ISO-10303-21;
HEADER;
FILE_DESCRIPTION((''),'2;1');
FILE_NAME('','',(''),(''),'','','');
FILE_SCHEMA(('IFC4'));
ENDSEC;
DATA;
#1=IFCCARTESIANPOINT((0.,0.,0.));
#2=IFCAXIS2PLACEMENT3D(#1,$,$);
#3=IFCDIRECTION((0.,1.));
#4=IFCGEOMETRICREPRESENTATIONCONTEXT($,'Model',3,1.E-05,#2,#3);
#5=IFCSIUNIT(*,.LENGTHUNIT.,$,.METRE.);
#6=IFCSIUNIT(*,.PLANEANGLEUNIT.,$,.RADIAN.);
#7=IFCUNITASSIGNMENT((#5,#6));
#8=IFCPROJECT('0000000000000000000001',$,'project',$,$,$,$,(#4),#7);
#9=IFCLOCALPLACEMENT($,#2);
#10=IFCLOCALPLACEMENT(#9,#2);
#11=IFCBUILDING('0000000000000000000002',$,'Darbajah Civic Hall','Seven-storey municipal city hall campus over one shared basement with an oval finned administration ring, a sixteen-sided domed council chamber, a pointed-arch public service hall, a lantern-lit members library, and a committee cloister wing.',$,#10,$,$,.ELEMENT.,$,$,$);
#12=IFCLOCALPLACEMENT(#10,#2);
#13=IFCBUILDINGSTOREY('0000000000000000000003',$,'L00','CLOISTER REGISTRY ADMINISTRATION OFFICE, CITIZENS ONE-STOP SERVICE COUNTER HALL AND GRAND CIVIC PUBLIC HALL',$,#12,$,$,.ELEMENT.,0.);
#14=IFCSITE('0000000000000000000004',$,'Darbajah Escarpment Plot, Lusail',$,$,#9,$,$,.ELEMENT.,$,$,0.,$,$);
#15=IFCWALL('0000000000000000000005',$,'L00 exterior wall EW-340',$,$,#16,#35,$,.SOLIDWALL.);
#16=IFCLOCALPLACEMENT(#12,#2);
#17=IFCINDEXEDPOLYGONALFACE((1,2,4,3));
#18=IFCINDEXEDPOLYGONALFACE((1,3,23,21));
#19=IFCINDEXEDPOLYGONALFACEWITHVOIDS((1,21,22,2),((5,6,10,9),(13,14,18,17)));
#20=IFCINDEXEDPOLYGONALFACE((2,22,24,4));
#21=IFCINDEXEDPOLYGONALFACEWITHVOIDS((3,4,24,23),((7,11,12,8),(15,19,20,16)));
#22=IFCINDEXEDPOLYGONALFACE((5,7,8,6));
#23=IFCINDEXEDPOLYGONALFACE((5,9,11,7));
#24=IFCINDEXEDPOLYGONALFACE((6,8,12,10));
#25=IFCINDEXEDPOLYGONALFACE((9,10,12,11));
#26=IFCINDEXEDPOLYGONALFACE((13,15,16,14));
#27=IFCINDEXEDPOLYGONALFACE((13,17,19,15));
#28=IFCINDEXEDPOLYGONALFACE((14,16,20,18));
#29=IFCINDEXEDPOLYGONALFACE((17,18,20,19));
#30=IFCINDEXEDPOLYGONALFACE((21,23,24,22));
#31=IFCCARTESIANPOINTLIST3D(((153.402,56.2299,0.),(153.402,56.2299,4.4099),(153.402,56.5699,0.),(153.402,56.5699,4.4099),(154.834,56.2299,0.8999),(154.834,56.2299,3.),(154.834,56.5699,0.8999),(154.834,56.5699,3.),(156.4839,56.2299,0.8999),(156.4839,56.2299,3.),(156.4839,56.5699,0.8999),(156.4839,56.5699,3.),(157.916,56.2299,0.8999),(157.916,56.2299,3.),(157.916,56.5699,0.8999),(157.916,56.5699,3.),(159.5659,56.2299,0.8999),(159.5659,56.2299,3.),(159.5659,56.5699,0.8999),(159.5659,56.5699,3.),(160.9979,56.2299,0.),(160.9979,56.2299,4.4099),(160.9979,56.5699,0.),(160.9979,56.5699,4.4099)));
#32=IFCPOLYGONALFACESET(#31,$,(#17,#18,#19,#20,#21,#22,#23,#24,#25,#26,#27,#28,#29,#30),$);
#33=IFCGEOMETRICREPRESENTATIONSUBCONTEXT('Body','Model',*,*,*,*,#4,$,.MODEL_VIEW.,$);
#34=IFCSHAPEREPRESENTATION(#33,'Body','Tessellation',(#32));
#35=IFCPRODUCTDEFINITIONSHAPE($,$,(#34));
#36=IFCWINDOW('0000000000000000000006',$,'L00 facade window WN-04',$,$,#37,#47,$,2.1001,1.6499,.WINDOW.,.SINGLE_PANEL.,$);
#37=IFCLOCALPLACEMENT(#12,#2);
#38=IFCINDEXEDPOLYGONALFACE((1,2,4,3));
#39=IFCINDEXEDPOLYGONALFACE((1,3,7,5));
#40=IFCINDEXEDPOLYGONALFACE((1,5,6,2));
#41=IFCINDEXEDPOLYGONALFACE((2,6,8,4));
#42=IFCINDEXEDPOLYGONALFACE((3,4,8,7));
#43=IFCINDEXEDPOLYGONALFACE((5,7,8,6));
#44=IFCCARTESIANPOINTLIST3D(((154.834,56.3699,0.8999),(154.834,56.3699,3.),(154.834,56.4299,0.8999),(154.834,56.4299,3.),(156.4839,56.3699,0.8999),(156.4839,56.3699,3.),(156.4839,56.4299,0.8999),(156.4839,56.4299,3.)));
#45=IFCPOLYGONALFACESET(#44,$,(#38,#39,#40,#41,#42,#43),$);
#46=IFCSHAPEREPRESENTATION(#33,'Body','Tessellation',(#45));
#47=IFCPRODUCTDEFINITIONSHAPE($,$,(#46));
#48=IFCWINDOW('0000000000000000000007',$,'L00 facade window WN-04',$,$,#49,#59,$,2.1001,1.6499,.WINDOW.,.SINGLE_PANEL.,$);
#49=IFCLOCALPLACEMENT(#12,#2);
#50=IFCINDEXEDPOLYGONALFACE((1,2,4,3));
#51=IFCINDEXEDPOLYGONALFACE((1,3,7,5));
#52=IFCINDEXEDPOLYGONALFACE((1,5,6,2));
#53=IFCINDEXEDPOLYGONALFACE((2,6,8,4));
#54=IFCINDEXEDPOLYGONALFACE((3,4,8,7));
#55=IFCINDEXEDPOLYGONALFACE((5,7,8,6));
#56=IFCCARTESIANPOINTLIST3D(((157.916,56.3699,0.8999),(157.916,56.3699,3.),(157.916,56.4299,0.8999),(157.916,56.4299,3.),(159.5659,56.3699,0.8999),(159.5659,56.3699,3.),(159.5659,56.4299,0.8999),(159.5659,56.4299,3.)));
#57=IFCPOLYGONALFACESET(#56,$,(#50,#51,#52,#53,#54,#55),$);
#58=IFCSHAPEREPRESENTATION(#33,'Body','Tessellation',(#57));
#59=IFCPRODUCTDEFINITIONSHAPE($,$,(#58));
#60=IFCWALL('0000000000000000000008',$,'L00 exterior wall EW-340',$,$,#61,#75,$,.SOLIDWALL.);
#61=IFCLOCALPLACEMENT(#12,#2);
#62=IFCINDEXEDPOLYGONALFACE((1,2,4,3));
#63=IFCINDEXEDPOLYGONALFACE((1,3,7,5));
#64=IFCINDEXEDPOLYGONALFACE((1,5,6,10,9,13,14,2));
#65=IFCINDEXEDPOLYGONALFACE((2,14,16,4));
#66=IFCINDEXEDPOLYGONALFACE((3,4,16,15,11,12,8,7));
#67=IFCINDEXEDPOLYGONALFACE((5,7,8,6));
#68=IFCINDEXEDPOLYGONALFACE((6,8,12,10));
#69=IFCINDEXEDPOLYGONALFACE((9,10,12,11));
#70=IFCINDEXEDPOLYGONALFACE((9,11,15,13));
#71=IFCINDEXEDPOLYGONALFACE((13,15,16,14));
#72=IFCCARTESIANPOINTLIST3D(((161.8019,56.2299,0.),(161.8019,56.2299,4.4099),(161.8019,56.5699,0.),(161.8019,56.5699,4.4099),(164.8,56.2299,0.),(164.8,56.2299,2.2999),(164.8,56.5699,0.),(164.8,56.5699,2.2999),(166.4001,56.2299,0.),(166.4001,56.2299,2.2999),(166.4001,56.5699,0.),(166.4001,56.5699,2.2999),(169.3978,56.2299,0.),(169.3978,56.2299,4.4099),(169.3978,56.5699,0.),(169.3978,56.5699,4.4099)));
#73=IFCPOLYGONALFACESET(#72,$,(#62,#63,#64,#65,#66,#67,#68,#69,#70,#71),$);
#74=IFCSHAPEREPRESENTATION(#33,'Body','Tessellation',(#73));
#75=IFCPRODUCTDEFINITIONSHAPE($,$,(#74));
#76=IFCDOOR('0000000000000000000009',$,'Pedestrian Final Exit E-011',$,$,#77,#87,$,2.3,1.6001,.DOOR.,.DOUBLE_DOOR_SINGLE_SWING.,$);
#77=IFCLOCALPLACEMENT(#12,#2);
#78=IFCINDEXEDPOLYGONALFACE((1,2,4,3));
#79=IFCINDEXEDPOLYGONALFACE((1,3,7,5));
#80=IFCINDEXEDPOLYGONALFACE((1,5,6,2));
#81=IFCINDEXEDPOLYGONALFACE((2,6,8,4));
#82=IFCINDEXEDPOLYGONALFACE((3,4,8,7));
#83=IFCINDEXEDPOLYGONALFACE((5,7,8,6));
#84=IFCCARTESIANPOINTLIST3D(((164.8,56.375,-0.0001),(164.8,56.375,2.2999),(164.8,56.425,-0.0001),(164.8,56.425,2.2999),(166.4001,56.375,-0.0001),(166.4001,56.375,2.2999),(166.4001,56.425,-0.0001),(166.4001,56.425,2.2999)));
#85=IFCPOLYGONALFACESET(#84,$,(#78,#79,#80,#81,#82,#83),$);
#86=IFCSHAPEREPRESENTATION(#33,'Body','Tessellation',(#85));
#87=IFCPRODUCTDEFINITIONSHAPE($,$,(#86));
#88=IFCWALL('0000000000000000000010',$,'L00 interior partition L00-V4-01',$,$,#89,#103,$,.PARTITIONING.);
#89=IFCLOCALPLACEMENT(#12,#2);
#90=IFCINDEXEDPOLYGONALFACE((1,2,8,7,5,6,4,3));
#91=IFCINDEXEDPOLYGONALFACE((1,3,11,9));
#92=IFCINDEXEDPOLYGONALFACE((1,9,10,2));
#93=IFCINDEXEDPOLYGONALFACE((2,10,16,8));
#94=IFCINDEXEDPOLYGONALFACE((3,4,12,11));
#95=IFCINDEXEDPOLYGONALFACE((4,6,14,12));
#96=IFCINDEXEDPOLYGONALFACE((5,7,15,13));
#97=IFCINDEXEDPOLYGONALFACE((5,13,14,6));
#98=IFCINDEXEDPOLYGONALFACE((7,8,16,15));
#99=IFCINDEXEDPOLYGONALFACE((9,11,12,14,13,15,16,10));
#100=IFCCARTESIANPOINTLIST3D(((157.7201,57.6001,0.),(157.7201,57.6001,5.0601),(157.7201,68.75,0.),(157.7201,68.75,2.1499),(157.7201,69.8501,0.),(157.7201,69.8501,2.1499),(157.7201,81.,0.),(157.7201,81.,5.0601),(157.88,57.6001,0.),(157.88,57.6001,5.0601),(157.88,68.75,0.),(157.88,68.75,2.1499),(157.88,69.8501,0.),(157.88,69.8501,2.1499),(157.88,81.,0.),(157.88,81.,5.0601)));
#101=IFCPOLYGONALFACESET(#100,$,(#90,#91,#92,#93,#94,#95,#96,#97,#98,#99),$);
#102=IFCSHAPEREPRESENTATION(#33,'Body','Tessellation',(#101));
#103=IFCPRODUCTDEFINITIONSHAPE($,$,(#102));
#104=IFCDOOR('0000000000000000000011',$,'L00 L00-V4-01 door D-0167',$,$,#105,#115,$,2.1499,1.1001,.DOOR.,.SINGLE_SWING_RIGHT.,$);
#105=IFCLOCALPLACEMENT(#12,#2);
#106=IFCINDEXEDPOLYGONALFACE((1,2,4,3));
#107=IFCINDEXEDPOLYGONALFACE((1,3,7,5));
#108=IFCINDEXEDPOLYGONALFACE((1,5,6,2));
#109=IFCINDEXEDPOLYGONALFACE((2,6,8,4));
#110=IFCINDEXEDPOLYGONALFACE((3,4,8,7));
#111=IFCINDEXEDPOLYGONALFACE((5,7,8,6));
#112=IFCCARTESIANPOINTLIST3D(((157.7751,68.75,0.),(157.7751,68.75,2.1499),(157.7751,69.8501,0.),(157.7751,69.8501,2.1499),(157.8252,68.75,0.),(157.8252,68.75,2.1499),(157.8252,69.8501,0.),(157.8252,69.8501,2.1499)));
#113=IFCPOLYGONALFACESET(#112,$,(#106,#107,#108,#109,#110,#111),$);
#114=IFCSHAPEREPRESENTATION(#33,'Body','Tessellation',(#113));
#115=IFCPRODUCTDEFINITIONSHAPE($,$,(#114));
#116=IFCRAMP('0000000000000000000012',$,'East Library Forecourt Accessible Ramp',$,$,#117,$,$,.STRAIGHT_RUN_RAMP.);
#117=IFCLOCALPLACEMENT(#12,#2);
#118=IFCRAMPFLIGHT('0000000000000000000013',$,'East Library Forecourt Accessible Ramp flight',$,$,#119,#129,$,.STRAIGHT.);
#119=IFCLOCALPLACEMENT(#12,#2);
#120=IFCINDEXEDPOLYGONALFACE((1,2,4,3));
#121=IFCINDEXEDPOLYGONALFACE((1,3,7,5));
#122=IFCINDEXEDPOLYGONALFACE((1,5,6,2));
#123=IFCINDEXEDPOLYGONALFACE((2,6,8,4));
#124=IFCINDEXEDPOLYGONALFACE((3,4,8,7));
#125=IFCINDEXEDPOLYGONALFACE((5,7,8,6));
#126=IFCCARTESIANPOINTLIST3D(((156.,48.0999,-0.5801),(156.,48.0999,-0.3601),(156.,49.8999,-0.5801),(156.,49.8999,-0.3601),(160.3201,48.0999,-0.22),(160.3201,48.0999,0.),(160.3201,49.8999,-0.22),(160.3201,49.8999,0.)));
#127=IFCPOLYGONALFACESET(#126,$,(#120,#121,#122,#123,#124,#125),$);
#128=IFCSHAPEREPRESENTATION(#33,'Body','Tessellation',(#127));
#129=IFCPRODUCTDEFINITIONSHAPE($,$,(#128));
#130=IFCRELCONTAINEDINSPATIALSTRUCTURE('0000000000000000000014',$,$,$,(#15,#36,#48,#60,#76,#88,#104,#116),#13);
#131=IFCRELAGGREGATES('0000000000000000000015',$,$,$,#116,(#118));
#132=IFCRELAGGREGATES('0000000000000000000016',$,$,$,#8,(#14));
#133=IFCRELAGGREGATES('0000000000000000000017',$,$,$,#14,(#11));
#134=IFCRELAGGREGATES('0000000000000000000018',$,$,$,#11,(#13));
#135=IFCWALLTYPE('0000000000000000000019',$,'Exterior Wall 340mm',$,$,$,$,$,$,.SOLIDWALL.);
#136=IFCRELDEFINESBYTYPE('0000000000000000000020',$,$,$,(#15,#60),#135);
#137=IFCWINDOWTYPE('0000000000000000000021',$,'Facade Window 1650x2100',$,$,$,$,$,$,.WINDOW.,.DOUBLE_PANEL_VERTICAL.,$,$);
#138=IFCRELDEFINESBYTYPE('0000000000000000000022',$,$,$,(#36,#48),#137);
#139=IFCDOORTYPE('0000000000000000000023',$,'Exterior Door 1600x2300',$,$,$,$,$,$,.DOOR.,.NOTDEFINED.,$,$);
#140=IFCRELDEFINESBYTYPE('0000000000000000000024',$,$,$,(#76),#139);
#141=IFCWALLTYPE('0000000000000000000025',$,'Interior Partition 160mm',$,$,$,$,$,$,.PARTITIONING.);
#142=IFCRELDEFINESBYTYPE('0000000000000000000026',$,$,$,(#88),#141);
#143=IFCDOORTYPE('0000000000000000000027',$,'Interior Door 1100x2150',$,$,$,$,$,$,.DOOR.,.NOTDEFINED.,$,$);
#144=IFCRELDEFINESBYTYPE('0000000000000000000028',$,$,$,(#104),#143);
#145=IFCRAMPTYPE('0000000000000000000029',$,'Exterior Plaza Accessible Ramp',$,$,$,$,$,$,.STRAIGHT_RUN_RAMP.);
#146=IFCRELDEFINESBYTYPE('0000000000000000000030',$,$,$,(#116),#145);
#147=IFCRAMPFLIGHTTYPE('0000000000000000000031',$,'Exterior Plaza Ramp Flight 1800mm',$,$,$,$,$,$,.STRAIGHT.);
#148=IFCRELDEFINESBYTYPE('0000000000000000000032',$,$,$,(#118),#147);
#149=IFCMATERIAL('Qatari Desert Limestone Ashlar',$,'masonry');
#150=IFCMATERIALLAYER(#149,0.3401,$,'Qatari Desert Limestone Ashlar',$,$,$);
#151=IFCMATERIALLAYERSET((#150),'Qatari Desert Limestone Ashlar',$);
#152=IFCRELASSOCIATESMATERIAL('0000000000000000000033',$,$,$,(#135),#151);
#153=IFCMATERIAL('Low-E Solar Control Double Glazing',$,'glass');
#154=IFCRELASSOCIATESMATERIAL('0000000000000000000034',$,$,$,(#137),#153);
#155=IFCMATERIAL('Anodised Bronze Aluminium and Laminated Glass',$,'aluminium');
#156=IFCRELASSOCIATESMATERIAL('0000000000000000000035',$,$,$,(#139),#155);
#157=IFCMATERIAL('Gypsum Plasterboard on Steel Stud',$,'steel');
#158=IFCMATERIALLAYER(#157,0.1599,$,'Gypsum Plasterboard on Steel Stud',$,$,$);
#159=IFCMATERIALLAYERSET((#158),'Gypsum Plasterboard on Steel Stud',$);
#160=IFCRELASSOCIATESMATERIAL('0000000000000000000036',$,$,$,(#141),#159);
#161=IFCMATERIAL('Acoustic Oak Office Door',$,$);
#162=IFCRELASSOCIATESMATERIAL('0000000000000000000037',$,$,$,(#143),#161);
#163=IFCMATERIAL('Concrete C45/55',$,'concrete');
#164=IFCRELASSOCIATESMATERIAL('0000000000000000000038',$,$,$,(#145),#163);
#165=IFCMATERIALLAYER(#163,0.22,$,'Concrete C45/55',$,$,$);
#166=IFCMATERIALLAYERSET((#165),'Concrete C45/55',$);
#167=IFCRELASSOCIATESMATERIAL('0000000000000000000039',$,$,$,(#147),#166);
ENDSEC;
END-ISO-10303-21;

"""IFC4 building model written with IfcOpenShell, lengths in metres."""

from ifc_helpers import new_model, si_unit, direction, frame, frame_2d, origin, place, context, subcontext, project, spatial, polyline, rectangle, outline, extrude, material, layer, layer_set, type_object, element, fill, aggregate, save


model = new_model("IFC4")

# Units and contexts
model_context = context("Model", 3, precision=1e-05, world=origin(), true_north=direction((0.0, 1.0)))
body_context = subcontext(model_context, "Body", "Model", "MODEL_VIEW")
ifc_project = project(units=[si_unit("LENGTHUNIT", "METRE"), si_unit("PLANEANGLEUNIT", "RADIAN")], contexts=[model_context])

# Site, building, storey
site_placement = place(None, origin())
site = spatial("IfcSite", under=ifc_project, at=site_placement, Name="Darbajah Escarpment Plot, Lusail", CompositionType="ELEMENT", RefElevation=0.0)
building_placement = place(site_placement, origin())
building = spatial("IfcBuilding", under=site, at=building_placement, Name="Darbajah Civic Hall", Description="Seven-storey municipal city hall campus over one shared basement with an oval finned administration ring, a sixteen-sided domed council chamber, a pointed-arch public service hall, a lantern-lit members library, and a committee cloister wing.", CompositionType="ELEMENT")
storey_placement = place(building_placement, origin())
storey = spatial("IfcBuildingStorey", under=building, at=storey_placement, Name="L00", Description="CLOISTER REGISTRY ADMINISTRATION OFFICE, CITIZENS ONE-STOP SERVICE COUNTER HALL AND GRAND CIVIC PUBLIC HALL", CompositionType="ELEMENT", Elevation=0.0)

# Shared definitions
ifc_material_1 = material(Name="Concrete C45/55", Category="concrete")

# Wall, openings, windows
ifc_material_2 = material(Name="Qatari Desert Limestone Ashlar", Category="masonry")
ifc_layer_1 = layer(ifc_material_2, 0.3401, Name="Qatari Desert Limestone Ashlar")
ifc_layer_set_1 = layer_set([ifc_layer_1], Name="Qatari Desert Limestone Ashlar")
wall_type_1 = type_object("IfcWallType", Name="Exterior Wall 340mm", PredefinedType="SOLIDWALL", material=ifc_layer_set_1)
wall_1_placement = place(storey_placement, frame((153.4021, 56.3999, 0.0), z_axis=(0.0, 0.0, 1.0), x_axis=(1.0, 0.0, 0.0)))
wall_1 = element("IfcWall", 1, at=wall_1_placement, inside=storey, type_object=wall_type_1, Name="L00 exterior wall EW-340", PredefinedType="SOLIDWALL", context=body_context, shape_type="SweptSolid", body=[
    extrude(rectangle(XDim=7.5959, YDim=0.3401, at=frame_2d((3.7979, 0.0))), origin(), (0.0, 0.0, 1.0), 4.4099),
])
opening_1_placement = place(wall_1_placement, frame((1.4319, 0.0, 0.8999)))
opening_1 = element("IfcOpeningElement", 2, at=opening_1_placement, cuts=wall_1, PredefinedType="OPENING", context=body_context, shape_type="SweptSolid", body=[
    extrude(rectangle(XDim=1.6499, YDim=2.1001, at=frame_2d((0.825, 1.05))), frame((0.0, 0.1799, 0.0), z_axis=(0.0, -1.0, 0.0), x_axis=(1.0, 0.0, 0.0)), (0.0, 0.0, 1.0), 0.3601),
])
opening_2_placement = place(wall_1_placement, frame((4.5139, 0.0, 0.8999)))
opening_2 = element("IfcOpeningElement", 3, at=opening_2_placement, cuts=wall_1, PredefinedType="OPENING", context=body_context, shape_type="SweptSolid", body=[
    extrude(rectangle(XDim=1.6499, YDim=2.1001, at=frame_2d((0.825, 1.05))), frame((0.0, 0.1799, 0.0), z_axis=(0.0, -1.0, 0.0), x_axis=(1.0, 0.0, 0.0)), (0.0, 0.0, 1.0), 0.3601),
])
ifc_material_3 = material(Name="Low-E Solar Control Double Glazing", Category="glass")
window_type = type_object("IfcWindowType", Name="Facade Window 1650x2100", PartitioningType="DOUBLE_PANEL_VERTICAL", PredefinedType="WINDOW", material=ifc_material_3)
window_1_placement = place(opening_1_placement, origin())
window_1 = element("IfcWindow", 4, at=window_1_placement, inside=storey, type_object=window_type, Name="L00 facade window WN-04", OverallHeight=2.1001, OverallWidth=1.6499, PartitioningType="SINGLE_PANEL", PredefinedType="WINDOW", context=body_context, shape_type="SweptSolid", body=[
    extrude(rectangle(XDim=1.6499, YDim=2.1001, at=frame_2d((0.825, 1.05))), frame((0.0, 0.03, 0.0), z_axis=(0.0, -1.0, 0.0), x_axis=(1.0, 0.0, 0.0)), (0.0, 0.0, 1.0), 0.0601),
])
fill(opening_1, window_1)
window_2_placement = place(opening_2_placement, origin())
window_2 = element("IfcWindow", 5, at=window_2_placement, inside=storey, type_object=window_type, Name="L00 facade window WN-04", OverallHeight=2.1001, OverallWidth=1.6499, PartitioningType="SINGLE_PANEL", PredefinedType="WINDOW", context=body_context, shape_type="SweptSolid", body=[
    extrude(rectangle(XDim=1.6499, YDim=2.1001, at=frame_2d((0.825, 1.05))), frame((0.0, 0.03, 0.0), z_axis=(0.0, -1.0, 0.0), x_axis=(1.0, 0.0, 0.0)), (0.0, 0.0, 1.0), 0.0601),
])
fill(opening_2, window_2)

# Walls, openings, doors
wall_2_placement = place(storey_placement, frame((161.802, 56.3999, 0.0), z_axis=(0.0, 0.0, 1.0), x_axis=(1.0, 0.0, 0.0)))
wall_2 = element("IfcWall", 6, at=wall_2_placement, inside=storey, type_object=wall_type_1, Name="L00 exterior wall EW-340", PredefinedType="SOLIDWALL", context=body_context, shape_type="SweptSolid", body=[
    extrude(rectangle(XDim=7.5959, YDim=0.3401, at=frame_2d((3.7979, 0.0))), origin(), (0.0, 0.0, 1.0), 4.4099),
])
opening_3_placement = place(wall_2_placement, frame((2.998, 0.0, 0.0)))
opening_3 = element("IfcOpeningElement", 7, at=opening_3_placement, cuts=wall_2, PredefinedType="OPENING", context=body_context, shape_type="SweptSolid", body=[
    extrude(rectangle(XDim=1.6001, YDim=2.3, at=frame_2d((0.8, 1.1499))), frame((0.0, 0.1799, 0.0), z_axis=(0.0, -1.0, 0.0), x_axis=(1.0, 0.0, 0.0)), (0.0, 0.0, 1.0), 0.3601),
])
ifc_material_4 = material(Name="Anodised Bronze Aluminium and Laminated Glass", Category="aluminium")
door_type_1 = type_object("IfcDoorType", Name="Exterior Door 1600x2300", OperationType="NOTDEFINED", PredefinedType="DOOR", material=ifc_material_4)
door_1_placement = place(opening_3_placement, frame((1.6001, 0.0, 0.0), z_axis=(0.0, 0.0, 1.0), x_axis=(-1.0, 0.0, 0.0)))
door_1 = element("IfcDoor", 8, at=door_1_placement, inside=storey, type_object=door_type_1, Name="Pedestrian Final Exit E-011", OperationType="DOUBLE_DOOR_SINGLE_SWING", OverallHeight=2.3, OverallWidth=1.6001, PredefinedType="DOOR", context=body_context, shape_type="SweptSolid", body=[
    extrude(rectangle(XDim=1.6001, YDim=2.3, at=frame_2d((0.8, 1.1499))), frame((0.0, 0.0249, 0.0), z_axis=(0.0, -1.0, 0.0), x_axis=(1.0, 0.0, 0.0)), (0.0, 0.0, 1.0), 0.05),
])
fill(opening_3, door_1)
ifc_material_5 = material(Name="Gypsum Plasterboard on Steel Stud", Category="steel")
ifc_layer_2 = layer(ifc_material_5, 0.1599, Name="Gypsum Plasterboard on Steel Stud")
ifc_layer_set_2 = layer_set([ifc_layer_2], Name="Gypsum Plasterboard on Steel Stud")
wall_type_2 = type_object("IfcWallType", Name="Interior Partition 160mm", PredefinedType="PARTITIONING", material=ifc_layer_set_2)
wall_3_placement = place(storey_placement, frame((157.8, 57.6001, 0.0), z_axis=(0.0, 0.0, 1.0), x_axis=(0.0, 1.0, 0.0)))
wall_3 = element("IfcWall", 9, at=wall_3_placement, inside=storey, type_object=wall_type_2, Name="L00 interior partition L00-V4-01", PredefinedType="PARTITIONING", context=body_context, shape_type="SweptSolid", body=[
    extrude(rectangle(XDim=23.3999, YDim=0.1599, at=frame_2d((11.7, 0.0))), origin(), (0.0, 0.0, 1.0), 5.0601),
])
opening_4_placement = place(wall_3_placement, frame((11.1499, 0.0, 0.0)))
opening_4 = element("IfcOpeningElement", 10, at=opening_4_placement, cuts=wall_3, PredefinedType="OPENING", context=body_context, shape_type="SweptSolid", body=[
    extrude(rectangle(XDim=1.1001, YDim=2.1499, at=frame_2d((0.55, 1.075))), frame((0.0, 0.0898, 0.0), z_axis=(0.0, -1.0, 0.0), x_axis=(1.0, 0.0, 0.0)), (0.0, 0.0, 1.0), 0.1799),
])
ifc_material_6 = material(Name="Acoustic Oak Office Door")
door_type_2 = type_object("IfcDoorType", Name="Interior Door 1100x2150", OperationType="NOTDEFINED", PredefinedType="DOOR", material=ifc_material_6)
door_2_placement = place(opening_4_placement, origin())
door_2 = element("IfcDoor", 11, at=door_2_placement, inside=storey, type_object=door_type_2, Name="L00 L00-V4-01 door D-0167", OperationType="SINGLE_SWING_RIGHT", OverallHeight=2.1499, OverallWidth=1.1001, PredefinedType="DOOR", context=body_context, shape_type="SweptSolid", body=[
    extrude(rectangle(XDim=1.1001, YDim=2.1499, at=frame_2d((0.55, 1.075))), frame((0.0, 0.0249, 0.0), z_axis=(0.0, -1.0, 0.0), x_axis=(1.0, 0.0, 0.0)), (0.0, 0.0, 1.0), 0.05),
])
fill(opening_4, door_2)

# Ramp, ramp flight
ramp_type = type_object("IfcRampType", Name="Exterior Plaza Accessible Ramp", PredefinedType="STRAIGHT_RUN_RAMP", material=ifc_material_1)
ramp_placement = place(storey_placement, origin())
ramp = element("IfcRamp", 12, at=ramp_placement, inside=storey, type_object=ramp_type, Name="East Library Forecourt Accessible Ramp", PredefinedType="STRAIGHT_RUN_RAMP")
ifc_layer_3 = layer(ifc_material_1, 0.22, Name="Concrete C45/55")
ifc_layer_set_3 = layer_set([ifc_layer_3], Name="Concrete C45/55")
ramp_flight_type = type_object("IfcRampFlightType", Name="Exterior Plaza Ramp Flight 1800mm", PredefinedType="STRAIGHT", material=ifc_layer_set_3)
ramp_flight_placement = place(storey_placement, frame((156.0, 49.0, -0.3601), z_axis=(0.0, 0.0, 1.0), x_axis=(1.0, 0.0, 0.0)))
ramp_flight = element("IfcRampFlight", 13, at=ramp_flight_placement, type_object=ramp_flight_type, Name="East Library Forecourt Accessible Ramp flight", PredefinedType="STRAIGHT", context=body_context, shape_type="SweptSolid", body=[
    extrude(outline(polyline([(0.0, 0.0), (4.3201, 0.3601), (4.3201, 0.1401), (0.0, -0.22), (0.0, 0.0)])), frame((0.0, 0.8999, 0.0), z_axis=(0.0, -1.0, 0.0), x_axis=(1.0, 0.0, 0.0)), (0.0, 0.0, 1.0), 1.8),
])
aggregate(ramp, [ramp_flight])

save(model, "model.ifc")
